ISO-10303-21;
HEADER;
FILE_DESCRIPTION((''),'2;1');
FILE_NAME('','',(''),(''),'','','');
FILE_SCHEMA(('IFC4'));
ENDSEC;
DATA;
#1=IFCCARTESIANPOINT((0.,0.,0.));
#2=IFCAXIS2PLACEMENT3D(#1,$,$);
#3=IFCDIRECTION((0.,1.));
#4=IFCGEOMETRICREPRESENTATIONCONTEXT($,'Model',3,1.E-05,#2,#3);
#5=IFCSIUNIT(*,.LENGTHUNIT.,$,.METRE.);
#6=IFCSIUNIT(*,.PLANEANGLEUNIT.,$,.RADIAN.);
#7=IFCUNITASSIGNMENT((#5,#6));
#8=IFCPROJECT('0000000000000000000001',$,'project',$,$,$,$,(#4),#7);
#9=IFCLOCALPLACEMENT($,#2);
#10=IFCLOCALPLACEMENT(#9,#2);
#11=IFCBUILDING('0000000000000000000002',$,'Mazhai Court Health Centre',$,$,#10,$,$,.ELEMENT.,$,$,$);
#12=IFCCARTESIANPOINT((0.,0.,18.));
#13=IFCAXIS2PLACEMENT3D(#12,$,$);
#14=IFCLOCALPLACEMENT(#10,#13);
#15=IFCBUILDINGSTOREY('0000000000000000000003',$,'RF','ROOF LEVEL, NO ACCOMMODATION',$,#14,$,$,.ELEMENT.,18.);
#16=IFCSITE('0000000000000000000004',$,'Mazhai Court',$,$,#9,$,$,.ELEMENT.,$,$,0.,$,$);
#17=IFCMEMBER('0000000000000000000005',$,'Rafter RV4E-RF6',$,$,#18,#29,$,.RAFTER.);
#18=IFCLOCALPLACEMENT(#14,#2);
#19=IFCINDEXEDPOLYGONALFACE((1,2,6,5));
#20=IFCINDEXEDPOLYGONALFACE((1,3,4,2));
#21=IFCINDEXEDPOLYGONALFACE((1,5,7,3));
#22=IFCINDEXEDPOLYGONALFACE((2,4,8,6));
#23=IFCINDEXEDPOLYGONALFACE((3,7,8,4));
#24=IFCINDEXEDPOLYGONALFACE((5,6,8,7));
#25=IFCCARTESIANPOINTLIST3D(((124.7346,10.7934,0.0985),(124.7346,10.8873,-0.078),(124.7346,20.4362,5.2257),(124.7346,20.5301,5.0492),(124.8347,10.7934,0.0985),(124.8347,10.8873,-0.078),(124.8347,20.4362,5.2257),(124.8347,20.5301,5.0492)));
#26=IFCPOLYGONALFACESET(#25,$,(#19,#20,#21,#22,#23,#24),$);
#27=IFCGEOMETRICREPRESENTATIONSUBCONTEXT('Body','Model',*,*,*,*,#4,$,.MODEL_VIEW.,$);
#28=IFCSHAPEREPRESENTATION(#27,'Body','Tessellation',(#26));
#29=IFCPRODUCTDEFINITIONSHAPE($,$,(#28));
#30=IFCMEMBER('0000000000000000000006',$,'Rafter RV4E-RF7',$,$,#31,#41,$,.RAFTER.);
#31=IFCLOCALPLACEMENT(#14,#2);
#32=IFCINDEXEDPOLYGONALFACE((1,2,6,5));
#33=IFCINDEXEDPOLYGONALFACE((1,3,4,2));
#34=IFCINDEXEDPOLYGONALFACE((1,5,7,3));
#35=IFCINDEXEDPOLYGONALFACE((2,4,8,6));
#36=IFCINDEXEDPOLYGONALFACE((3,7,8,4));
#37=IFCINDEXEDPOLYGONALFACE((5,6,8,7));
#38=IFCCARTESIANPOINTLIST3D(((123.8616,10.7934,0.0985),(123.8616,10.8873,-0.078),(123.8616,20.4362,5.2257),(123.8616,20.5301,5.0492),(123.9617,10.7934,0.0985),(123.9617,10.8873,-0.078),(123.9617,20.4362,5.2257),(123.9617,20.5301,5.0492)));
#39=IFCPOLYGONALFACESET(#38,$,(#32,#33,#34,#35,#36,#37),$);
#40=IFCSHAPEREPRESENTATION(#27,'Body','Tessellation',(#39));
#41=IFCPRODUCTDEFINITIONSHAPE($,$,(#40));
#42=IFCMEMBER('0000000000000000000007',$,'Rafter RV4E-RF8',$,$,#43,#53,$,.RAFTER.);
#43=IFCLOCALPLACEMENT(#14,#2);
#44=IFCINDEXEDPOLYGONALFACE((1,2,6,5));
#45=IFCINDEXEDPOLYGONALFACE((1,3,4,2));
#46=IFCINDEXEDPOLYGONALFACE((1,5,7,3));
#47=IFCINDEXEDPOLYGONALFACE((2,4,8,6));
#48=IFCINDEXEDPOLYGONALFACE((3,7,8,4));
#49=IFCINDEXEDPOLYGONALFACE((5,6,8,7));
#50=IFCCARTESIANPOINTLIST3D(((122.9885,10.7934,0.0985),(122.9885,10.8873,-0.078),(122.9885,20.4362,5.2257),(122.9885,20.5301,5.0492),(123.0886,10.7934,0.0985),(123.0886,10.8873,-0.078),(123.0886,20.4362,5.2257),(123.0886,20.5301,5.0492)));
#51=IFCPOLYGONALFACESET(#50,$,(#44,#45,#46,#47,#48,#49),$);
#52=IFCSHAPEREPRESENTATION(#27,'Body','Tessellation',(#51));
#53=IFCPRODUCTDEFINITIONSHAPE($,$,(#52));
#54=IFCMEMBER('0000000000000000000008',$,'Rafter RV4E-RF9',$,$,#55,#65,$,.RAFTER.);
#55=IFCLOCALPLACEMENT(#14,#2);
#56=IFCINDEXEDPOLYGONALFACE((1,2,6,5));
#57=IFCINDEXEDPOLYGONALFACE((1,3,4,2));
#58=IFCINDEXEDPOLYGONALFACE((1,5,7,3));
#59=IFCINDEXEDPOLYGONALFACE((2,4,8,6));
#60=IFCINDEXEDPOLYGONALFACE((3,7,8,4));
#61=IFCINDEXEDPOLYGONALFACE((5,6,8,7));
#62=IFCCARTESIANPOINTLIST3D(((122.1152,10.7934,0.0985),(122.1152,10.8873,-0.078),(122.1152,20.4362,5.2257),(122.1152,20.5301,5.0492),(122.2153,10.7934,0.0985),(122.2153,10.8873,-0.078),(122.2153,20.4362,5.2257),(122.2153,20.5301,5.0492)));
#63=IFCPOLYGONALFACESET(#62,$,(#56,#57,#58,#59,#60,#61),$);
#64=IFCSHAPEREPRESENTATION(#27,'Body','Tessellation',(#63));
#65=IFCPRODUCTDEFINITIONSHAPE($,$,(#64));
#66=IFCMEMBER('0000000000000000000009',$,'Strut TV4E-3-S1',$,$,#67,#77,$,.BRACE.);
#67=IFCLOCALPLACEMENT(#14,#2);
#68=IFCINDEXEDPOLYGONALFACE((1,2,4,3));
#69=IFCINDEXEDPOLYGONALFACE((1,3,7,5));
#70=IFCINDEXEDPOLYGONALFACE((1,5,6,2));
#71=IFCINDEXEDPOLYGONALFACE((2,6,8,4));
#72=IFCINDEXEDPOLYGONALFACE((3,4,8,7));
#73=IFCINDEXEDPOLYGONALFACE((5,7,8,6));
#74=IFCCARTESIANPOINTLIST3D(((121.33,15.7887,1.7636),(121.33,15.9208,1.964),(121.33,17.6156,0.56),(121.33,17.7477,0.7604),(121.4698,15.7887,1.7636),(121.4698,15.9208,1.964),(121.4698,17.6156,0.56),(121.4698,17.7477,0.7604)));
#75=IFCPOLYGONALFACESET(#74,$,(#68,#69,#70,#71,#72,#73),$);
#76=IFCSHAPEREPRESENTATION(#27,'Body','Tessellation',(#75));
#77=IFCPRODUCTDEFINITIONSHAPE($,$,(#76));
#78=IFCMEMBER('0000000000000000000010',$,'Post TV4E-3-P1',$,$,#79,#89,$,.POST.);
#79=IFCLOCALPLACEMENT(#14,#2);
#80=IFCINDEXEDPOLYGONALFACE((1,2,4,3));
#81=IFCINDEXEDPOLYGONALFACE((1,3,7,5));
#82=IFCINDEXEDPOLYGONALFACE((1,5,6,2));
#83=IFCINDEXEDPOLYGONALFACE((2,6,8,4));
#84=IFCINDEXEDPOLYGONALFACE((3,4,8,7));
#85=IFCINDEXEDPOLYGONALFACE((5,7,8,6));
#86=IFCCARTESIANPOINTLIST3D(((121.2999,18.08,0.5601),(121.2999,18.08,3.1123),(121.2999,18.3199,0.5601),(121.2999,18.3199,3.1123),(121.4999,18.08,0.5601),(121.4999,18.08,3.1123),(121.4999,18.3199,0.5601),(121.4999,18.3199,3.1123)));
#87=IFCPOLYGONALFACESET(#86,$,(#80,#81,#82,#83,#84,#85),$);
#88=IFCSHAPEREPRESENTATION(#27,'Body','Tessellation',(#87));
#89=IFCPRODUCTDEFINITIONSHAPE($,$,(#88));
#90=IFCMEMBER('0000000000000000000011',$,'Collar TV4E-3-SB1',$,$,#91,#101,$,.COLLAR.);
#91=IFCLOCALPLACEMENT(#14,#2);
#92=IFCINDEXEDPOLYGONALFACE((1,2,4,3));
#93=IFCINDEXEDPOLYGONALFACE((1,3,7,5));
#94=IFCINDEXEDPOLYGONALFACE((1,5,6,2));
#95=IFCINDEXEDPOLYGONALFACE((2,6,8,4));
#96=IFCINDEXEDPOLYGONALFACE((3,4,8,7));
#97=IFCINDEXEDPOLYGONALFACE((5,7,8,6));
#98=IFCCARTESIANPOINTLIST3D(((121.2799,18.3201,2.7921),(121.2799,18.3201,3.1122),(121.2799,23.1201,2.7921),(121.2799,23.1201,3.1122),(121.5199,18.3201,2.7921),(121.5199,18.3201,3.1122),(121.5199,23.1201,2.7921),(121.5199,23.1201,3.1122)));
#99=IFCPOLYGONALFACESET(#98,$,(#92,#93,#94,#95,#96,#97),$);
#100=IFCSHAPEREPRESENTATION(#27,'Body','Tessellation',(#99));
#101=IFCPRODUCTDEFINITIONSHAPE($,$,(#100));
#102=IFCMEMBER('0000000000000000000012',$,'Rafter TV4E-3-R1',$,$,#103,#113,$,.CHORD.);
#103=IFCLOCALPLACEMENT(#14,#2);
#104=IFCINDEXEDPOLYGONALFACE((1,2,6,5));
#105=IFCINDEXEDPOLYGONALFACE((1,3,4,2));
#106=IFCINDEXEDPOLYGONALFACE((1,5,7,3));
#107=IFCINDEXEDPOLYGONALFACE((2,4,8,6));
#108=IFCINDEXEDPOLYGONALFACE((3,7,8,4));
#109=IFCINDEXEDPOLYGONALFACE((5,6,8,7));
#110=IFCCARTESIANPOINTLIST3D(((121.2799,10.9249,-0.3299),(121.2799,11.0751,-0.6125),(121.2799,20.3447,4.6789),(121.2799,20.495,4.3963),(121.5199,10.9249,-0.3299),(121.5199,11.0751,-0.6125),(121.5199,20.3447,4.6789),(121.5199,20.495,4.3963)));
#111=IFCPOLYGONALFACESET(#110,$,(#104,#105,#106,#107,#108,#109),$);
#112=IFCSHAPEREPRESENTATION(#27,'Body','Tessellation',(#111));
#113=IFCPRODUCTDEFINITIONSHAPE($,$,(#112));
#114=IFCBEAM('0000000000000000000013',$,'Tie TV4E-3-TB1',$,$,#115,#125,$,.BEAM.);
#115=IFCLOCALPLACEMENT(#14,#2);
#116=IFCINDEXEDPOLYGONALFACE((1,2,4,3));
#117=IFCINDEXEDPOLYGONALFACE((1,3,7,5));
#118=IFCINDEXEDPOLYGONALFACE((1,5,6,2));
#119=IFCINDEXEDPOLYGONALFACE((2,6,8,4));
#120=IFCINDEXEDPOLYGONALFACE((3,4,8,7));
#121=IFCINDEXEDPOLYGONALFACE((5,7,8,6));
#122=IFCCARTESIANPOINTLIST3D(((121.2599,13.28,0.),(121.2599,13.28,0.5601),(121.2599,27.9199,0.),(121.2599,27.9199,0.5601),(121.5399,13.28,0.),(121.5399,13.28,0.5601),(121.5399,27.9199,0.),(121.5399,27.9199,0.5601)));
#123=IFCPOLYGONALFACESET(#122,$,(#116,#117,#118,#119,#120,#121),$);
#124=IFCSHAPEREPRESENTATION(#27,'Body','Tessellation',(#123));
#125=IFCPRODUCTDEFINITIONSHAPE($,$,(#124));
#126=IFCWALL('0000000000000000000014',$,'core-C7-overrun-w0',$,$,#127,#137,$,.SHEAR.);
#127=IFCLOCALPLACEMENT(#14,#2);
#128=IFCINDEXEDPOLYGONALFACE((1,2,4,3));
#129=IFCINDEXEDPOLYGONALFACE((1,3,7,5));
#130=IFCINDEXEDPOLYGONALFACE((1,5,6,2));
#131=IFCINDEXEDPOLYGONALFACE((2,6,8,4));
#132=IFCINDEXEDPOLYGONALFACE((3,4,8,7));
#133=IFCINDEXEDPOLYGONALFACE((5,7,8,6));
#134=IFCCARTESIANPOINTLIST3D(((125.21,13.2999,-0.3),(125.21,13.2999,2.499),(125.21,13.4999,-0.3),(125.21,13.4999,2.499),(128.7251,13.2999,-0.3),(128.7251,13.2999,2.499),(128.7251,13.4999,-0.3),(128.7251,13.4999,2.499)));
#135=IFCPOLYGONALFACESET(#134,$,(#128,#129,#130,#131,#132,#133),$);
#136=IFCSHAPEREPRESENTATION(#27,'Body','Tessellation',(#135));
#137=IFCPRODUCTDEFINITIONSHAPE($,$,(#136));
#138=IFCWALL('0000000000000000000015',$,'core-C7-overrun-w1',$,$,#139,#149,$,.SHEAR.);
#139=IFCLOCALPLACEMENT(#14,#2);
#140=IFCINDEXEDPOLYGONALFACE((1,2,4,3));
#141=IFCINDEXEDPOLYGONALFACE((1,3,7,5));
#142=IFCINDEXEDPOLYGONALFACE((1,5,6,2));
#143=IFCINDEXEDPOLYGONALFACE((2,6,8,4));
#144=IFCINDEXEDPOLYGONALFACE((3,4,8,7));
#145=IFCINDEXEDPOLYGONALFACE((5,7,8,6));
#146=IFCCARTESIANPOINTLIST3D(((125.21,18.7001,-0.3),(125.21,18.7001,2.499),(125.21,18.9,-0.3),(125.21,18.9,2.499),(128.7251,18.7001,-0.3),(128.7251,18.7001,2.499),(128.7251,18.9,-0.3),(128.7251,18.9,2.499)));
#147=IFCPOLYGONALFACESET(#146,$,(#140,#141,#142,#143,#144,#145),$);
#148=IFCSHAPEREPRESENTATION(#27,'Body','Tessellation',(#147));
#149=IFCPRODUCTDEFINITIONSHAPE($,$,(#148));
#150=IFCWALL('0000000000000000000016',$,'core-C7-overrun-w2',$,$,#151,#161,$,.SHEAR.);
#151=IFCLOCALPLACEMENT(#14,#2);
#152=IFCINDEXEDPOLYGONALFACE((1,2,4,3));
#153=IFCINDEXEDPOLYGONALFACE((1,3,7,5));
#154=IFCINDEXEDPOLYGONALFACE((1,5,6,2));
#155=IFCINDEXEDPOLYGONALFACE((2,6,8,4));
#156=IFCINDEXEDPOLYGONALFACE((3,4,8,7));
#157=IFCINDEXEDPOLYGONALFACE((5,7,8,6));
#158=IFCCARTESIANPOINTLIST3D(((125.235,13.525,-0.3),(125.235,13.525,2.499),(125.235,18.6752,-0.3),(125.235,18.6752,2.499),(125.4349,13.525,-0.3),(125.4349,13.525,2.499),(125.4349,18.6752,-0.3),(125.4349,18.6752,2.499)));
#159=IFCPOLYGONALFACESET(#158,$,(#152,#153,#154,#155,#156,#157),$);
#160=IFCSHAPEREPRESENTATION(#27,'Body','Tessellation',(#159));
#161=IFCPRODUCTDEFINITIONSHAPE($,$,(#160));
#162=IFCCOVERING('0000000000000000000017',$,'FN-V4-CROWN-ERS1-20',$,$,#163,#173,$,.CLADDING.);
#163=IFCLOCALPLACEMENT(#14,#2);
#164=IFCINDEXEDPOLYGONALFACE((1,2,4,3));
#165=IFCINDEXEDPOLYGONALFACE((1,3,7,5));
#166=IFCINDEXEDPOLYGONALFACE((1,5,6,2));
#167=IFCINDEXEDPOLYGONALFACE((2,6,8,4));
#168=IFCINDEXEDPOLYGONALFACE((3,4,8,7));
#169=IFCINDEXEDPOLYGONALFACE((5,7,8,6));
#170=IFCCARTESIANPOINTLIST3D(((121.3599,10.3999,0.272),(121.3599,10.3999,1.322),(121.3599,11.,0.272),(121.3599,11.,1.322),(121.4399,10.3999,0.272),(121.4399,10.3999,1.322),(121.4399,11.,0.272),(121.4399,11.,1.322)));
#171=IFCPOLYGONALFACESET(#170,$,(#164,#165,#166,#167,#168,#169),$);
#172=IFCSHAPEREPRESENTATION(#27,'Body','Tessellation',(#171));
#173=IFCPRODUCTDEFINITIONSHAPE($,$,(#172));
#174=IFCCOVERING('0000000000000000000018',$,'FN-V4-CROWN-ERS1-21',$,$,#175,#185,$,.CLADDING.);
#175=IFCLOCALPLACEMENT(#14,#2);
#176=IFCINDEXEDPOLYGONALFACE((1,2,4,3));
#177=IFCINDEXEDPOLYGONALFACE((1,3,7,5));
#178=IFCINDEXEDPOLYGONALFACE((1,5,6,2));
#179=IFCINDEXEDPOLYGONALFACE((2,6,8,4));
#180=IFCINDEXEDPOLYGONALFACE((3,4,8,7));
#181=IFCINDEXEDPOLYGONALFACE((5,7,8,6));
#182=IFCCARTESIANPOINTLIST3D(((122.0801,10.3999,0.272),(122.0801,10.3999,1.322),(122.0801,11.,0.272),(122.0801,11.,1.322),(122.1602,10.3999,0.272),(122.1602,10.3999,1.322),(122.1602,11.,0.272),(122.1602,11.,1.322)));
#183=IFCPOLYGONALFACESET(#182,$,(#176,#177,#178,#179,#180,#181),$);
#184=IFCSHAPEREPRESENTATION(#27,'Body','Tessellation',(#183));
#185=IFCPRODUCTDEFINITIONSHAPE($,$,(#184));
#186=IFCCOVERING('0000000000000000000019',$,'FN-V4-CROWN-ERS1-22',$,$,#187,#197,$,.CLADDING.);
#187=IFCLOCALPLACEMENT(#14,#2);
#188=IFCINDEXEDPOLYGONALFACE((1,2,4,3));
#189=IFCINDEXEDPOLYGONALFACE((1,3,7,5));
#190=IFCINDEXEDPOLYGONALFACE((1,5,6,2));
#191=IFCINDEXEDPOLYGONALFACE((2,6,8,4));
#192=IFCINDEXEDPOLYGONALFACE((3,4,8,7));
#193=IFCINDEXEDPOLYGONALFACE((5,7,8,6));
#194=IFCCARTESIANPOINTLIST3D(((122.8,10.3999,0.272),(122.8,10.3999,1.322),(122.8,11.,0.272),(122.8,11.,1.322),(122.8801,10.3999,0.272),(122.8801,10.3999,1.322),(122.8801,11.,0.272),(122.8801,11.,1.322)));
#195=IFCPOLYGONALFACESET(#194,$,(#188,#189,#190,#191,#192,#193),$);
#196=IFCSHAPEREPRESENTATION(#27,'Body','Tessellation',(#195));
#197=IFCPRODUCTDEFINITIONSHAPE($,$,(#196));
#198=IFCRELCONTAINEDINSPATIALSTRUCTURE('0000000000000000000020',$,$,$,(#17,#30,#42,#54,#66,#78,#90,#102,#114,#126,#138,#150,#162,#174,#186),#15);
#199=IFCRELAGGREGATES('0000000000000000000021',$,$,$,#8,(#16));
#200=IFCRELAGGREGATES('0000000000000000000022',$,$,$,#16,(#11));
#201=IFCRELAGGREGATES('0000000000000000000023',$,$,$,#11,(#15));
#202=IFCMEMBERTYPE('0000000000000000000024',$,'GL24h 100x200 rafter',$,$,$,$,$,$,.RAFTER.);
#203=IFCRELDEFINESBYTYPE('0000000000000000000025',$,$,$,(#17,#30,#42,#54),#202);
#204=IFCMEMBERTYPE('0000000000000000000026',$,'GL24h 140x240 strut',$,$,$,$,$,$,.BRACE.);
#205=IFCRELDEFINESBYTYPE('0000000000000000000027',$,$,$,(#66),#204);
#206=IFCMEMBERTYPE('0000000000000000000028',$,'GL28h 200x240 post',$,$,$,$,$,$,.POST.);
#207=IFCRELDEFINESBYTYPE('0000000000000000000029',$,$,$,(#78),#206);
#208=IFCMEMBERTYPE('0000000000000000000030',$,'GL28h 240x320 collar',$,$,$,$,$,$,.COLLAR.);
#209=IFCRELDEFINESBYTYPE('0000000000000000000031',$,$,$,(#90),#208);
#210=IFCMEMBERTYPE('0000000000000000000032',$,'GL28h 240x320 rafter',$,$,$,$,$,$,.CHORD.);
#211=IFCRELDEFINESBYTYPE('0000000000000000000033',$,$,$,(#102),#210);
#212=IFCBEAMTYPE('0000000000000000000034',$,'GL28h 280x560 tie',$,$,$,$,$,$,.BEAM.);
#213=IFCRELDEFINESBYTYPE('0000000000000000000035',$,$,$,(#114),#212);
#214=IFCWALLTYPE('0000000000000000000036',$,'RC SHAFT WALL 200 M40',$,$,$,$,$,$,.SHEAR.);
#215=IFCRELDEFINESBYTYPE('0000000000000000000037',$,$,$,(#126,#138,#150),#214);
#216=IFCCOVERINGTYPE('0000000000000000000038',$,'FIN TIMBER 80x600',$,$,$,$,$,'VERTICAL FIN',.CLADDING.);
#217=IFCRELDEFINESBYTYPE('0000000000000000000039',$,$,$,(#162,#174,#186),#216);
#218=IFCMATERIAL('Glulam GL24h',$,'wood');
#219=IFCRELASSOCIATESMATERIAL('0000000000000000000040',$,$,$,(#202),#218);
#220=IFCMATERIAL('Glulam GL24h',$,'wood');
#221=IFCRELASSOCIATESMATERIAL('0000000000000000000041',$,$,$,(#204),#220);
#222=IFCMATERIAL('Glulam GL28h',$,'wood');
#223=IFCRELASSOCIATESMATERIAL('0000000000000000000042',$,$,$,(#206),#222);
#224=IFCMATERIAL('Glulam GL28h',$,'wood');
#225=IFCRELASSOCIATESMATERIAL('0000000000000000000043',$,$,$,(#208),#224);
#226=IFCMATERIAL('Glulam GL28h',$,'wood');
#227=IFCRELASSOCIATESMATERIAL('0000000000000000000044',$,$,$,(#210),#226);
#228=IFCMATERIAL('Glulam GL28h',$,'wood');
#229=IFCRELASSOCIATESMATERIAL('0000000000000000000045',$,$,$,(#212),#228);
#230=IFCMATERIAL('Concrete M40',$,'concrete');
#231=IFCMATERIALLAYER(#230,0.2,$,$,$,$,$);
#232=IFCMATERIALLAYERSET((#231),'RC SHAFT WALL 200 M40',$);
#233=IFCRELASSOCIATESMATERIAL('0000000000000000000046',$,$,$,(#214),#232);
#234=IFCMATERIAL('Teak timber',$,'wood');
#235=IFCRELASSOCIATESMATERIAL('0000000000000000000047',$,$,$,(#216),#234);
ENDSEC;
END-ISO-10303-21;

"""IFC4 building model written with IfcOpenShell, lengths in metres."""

from ifc_helpers import new_model, si_unit, direction, frame, frame_2d, origin, origin_2d, place, context, subcontext, project, spatial, rectangle, extrude, material, layer, layer_set, material_profile, profile_set, type_object, element, save


model = new_model("IFC4")

# Units and contexts
model_context = context("Model", 3, precision=1e-05, world=origin(), true_north=direction((0.0, 1.0)))
body_context = subcontext(model_context, "Body", "Model", "MODEL_VIEW")
ifc_project = project(units=[si_unit("LENGTHUNIT", "METRE"), si_unit("PLANEANGLEUNIT", "RADIAN")], contexts=[model_context])

# Site, building, storey
site_placement = place(None, origin())
site = spatial("IfcSite", under=ifc_project, at=site_placement, Name="Mazhai Court", CompositionType="ELEMENT", RefElevation=0.0)
building_placement = place(site_placement, origin())
building = spatial("IfcBuilding", under=site, at=building_placement, Name="Mazhai Court Health Centre", CompositionType="ELEMENT")
storey_placement = place(building_placement, frame((0.0, 0.0, 18.0)))
storey = spatial("IfcBuildingStorey", under=building, at=storey_placement, Name="RF", Description="ROOF LEVEL, NO ACCOMMODATION", CompositionType="ELEMENT", Elevation=18.0)

# Members
ifc_material_1 = material(Name="Glulam GL24h", Category="wood")
ifc_material_profile_1 = material_profile(ifc_material_1, rectangle(XDim=0.1001, YDim=0.2, at=origin_2d()), Name="GL24h 100x200")
ifc_profile_set_1 = profile_set([ifc_material_profile_1], Name="Glulam GL24h")
member_type_1 = type_object("IfcMemberType", Name="GL24h 100x200 rafter", PredefinedType="RAFTER", material=ifc_profile_set_1)
for number, where, z_axis, x_axis, name in (
    (1, (124.7847, 10.8403, 0.0103), (0.0, 0.882947, 0.469473), (-1.0, 0.0, 0.0), "Rafter RV4E-RF6"),
    (2, (123.9116, 10.8403, 0.0103), (0.0, 0.882947, 0.469473), (-1.0, 0.0, 0.0), "Rafter RV4E-RF7"),
    (3, (123.0386, 10.8403, 0.0103), (0.0, 0.882947, 0.469473), (-1.0, 0.0, 0.0), "Rafter RV4E-RF8"),
    (4, (122.1653, 10.8403, 0.0103), (0.0, 0.882947, 0.469473), (-1.0, 0.0, 0.0), "Rafter RV4E-RF9"),
):
    element("IfcMember", number, at=place(storey_placement, frame(where, z_axis=z_axis, x_axis=x_axis)), inside=storey, type_object=member_type_1, Name=name, PredefinedType="RAFTER", context=body_context, shape_type="SweptSolid", body=[
        extrude(rectangle(XDim=0.1001, YDim=0.2, at=origin_2d()), origin(), (0.0, 0.0, 1.0), 10.9211),
    ])
ifc_material_2 = material(Name="Glulam GL24h", Category="wood")
ifc_material_profile_2 = material_profile(ifc_material_2, rectangle(XDim=0.1399, YDim=0.24, at=origin_2d()), Name="GL24h 140x240")
ifc_profile_set_2 = profile_set([ifc_material_profile_2], Name="Glulam GL24h")
member_type_2 = type_object("IfcMemberType", Name="GL24h 140x240 strut", PredefinedType="BRACE", material=ifc_profile_set_2)
member_1_placement = place(storey_placement, frame((121.3999, 17.6816, 0.6602), z_axis=(0.0, -0.83506, 0.55016), x_axis=(1.0, 0.0, 0.0)))
element("IfcMember", 5, at=member_1_placement, inside=storey, type_object=member_type_2, Name="Strut TV4E-3-S1", PredefinedType="BRACE", context=body_context, shape_type="SweptSolid", body=[
    extrude(rectangle(XDim=0.1399, YDim=0.24, at=origin_2d()), origin(), (0.0, 0.0, 1.0), 2.1877),
])
ifc_material_3 = material(Name="Glulam GL28h", Category="wood")
ifc_material_profile_3 = material_profile(ifc_material_3, rectangle(XDim=0.2, YDim=0.24, at=origin_2d()), Name="GL28h 200x240")
ifc_profile_set_3 = profile_set([ifc_material_profile_3], Name="Glulam GL28h")
member_type_3 = type_object("IfcMemberType", Name="GL28h 200x240 post", PredefinedType="POST", material=ifc_profile_set_3)
member_2_placement = place(storey_placement, frame((121.3999, 18.2, 0.5601), z_axis=(0.0, 0.0, 1.0), x_axis=(1.0, 0.0, 0.0)))
element("IfcMember", 6, at=member_2_placement, inside=storey, type_object=member_type_3, Name="Post TV4E-3-P1", PredefinedType="POST", context=body_context, shape_type="SweptSolid", body=[
    extrude(rectangle(XDim=0.2, YDim=0.24, at=origin_2d()), origin(), (0.0, 0.0, 1.0), 2.5522),
])
ifc_material_4 = material(Name="Glulam GL28h", Category="wood")
ifc_material_profile_4 = material_profile(ifc_material_4, rectangle(XDim=0.24, YDim=0.3201, at=origin_2d()), Name="GL28h 240x320")
ifc_profile_set_4 = profile_set([ifc_material_profile_4], Name="Glulam GL28h")
member_type_4 = type_object("IfcMemberType", Name="GL28h 240x320 collar", PredefinedType="COLLAR", material=ifc_profile_set_4)
member_3_placement = place(storey_placement, frame((121.3999, 18.3201, 2.9521), z_axis=(0.0, 1.0, 0.0), x_axis=(-1.0, 0.0, 0.0)))
element("IfcMember", 7, at=member_3_placement, inside=storey, type_object=member_type_4, Name="Collar TV4E-3-SB1", PredefinedType="COLLAR", context=body_context, shape_type="SweptSolid", body=[
    extrude(rectangle(XDim=0.24, YDim=0.3201, at=origin_2d()), origin(), (0.0, 0.0, 1.0), 4.8),
])
ifc_material_5 = material(Name="Glulam GL28h", Category="wood")
ifc_material_profile_5 = material_profile(ifc_material_5, rectangle(XDim=0.24, YDim=0.3201, at=origin_2d()), Name="GL28h 240x320")
ifc_profile_set_5 = profile_set([ifc_material_profile_5], Name="Glulam GL28h")
member_type_5 = type_object("IfcMemberType", Name="GL28h 240x320 rafter", PredefinedType="CHORD", material=ifc_profile_set_5)
member_4_placement = place(storey_placement, frame((121.3999, 11.0, -0.4712), z_axis=(0.0, 0.882943, 0.469481), x_axis=(-1.0, 0.0, 0.0)))
element("IfcMember", 8, at=member_4_placement, inside=storey, type_object=member_type_5, Name="Rafter TV4E-3-R1", PredefinedType="CHORD", context=body_context, shape_type="SweptSolid", body=[
    extrude(rectangle(XDim=0.24, YDim=0.3201, at=origin_2d()), origin(), (0.0, 0.0, 1.0), 10.6687),
])

# Beam
ifc_material_6 = material(Name="Glulam GL28h", Category="wood")
ifc_material_profile_6 = material_profile(ifc_material_6, rectangle(XDim=0.28, YDim=0.5601, at=origin_2d()), Name="GL28h 280x560")
ifc_profile_set_6 = profile_set([ifc_material_profile_6], Name="Glulam GL28h")
beam_type = type_object("IfcBeamType", Name="GL28h 280x560 tie", PredefinedType="BEAM", material=ifc_profile_set_6)
beam_placement = place(storey_placement, frame((121.3999, 13.28, 0.28), z_axis=(0.0, 1.0, 0.0), x_axis=(-1.0, 0.0, 0.0)))
element("IfcBeam", 9, at=beam_placement, inside=storey, type_object=beam_type, Name="Tie TV4E-3-TB1", PredefinedType="BEAM", context=body_context, shape_type="SweptSolid", body=[
    extrude(rectangle(XDim=0.28, YDim=0.5601, at=origin_2d()), origin(), (0.0, 0.0, 1.0), 14.6399),
])

# Walls
ifc_material_7 = material(Name="Concrete M40", Category="concrete")
ifc_layer = layer(ifc_material_7, 0.2)
ifc_layer_set = layer_set([ifc_layer], Name="RC SHAFT WALL 200 M40")
wall_type = type_object("IfcWallType", Name="RC SHAFT WALL 200 M40", PredefinedType="SHEAR", material=ifc_layer_set)
for number, where, z_axis, x_axis, name in (
    (10, (125.21, 13.3999, -0.3), (0.0, 0.0, 1.0), (1.0, 0.0, 0.0), "core-C7-overrun-w0"),
    (11, (125.21, 18.8, -0.3), (0.0, 0.0, 1.0), (1.0, 0.0, 0.0), "core-C7-overrun-w1"),
):
    element("IfcWall", number, at=place(storey_placement, frame(where, z_axis=z_axis, x_axis=x_axis)), inside=storey, type_object=wall_type, Name=name, PredefinedType="SHEAR", context=body_context, shape_type="SweptSolid", body=[
        extrude(rectangle(XDim=3.5151, YDim=0.2, at=frame_2d((1.7576, 0.0))), origin(), (0.0, 0.0, 1.0), 2.7991),
    ])
wall_placement = place(storey_placement, frame((125.335, 13.5249, -0.3), z_axis=(0.0, 0.0, 1.0), x_axis=(0.0, 1.0, 0.0)))
element("IfcWall", 12, at=wall_placement, inside=storey, type_object=wall_type, Name="core-C7-overrun-w2", PredefinedType="SHEAR", context=body_context, shape_type="SweptSolid", body=[
    extrude(rectangle(XDim=5.1501, YDim=0.2, at=frame_2d((2.5752, 0.0))), origin(), (0.0, 0.0, 1.0), 2.7991),
])

# Coverings
ifc_material_8 = material(Name="Teak timber", Category="wood")
covering_type = type_object("IfcCoveringType", Name="FIN TIMBER 80x600", ElementType="VERTICAL FIN", PredefinedType="CLADDING", material=ifc_material_8)
for number, where, z_axis, x_axis, name in (
    (13, (121.3999, 10.7, 0.272), (0.0, 0.0, 1.0), (1.0, 0.0, 0.0), "FN-V4-CROWN-ERS1-20"),
    (14, (122.1201, 10.7, 0.272), (0.0, 0.0, 1.0), (1.0, 0.0, 0.0), "FN-V4-CROWN-ERS1-21"),
    (15, (122.8401, 10.7, 0.272), (0.0, 0.0, 1.0), (1.0, 0.0, 0.0), "FN-V4-CROWN-ERS1-22"),
):
    element("IfcCovering", number, at=place(storey_placement, frame(where, z_axis=z_axis, x_axis=x_axis)), inside=storey, type_object=covering_type, Name=name, PredefinedType="CLADDING", context=body_context, shape_type="SweptSolid", body=[
        extrude(rectangle(XDim=0.0801, YDim=0.6001, at=origin_2d()), origin(), (0.0, 0.0, 1.0), 1.05),
    ])

save(model, "model.ifc")
